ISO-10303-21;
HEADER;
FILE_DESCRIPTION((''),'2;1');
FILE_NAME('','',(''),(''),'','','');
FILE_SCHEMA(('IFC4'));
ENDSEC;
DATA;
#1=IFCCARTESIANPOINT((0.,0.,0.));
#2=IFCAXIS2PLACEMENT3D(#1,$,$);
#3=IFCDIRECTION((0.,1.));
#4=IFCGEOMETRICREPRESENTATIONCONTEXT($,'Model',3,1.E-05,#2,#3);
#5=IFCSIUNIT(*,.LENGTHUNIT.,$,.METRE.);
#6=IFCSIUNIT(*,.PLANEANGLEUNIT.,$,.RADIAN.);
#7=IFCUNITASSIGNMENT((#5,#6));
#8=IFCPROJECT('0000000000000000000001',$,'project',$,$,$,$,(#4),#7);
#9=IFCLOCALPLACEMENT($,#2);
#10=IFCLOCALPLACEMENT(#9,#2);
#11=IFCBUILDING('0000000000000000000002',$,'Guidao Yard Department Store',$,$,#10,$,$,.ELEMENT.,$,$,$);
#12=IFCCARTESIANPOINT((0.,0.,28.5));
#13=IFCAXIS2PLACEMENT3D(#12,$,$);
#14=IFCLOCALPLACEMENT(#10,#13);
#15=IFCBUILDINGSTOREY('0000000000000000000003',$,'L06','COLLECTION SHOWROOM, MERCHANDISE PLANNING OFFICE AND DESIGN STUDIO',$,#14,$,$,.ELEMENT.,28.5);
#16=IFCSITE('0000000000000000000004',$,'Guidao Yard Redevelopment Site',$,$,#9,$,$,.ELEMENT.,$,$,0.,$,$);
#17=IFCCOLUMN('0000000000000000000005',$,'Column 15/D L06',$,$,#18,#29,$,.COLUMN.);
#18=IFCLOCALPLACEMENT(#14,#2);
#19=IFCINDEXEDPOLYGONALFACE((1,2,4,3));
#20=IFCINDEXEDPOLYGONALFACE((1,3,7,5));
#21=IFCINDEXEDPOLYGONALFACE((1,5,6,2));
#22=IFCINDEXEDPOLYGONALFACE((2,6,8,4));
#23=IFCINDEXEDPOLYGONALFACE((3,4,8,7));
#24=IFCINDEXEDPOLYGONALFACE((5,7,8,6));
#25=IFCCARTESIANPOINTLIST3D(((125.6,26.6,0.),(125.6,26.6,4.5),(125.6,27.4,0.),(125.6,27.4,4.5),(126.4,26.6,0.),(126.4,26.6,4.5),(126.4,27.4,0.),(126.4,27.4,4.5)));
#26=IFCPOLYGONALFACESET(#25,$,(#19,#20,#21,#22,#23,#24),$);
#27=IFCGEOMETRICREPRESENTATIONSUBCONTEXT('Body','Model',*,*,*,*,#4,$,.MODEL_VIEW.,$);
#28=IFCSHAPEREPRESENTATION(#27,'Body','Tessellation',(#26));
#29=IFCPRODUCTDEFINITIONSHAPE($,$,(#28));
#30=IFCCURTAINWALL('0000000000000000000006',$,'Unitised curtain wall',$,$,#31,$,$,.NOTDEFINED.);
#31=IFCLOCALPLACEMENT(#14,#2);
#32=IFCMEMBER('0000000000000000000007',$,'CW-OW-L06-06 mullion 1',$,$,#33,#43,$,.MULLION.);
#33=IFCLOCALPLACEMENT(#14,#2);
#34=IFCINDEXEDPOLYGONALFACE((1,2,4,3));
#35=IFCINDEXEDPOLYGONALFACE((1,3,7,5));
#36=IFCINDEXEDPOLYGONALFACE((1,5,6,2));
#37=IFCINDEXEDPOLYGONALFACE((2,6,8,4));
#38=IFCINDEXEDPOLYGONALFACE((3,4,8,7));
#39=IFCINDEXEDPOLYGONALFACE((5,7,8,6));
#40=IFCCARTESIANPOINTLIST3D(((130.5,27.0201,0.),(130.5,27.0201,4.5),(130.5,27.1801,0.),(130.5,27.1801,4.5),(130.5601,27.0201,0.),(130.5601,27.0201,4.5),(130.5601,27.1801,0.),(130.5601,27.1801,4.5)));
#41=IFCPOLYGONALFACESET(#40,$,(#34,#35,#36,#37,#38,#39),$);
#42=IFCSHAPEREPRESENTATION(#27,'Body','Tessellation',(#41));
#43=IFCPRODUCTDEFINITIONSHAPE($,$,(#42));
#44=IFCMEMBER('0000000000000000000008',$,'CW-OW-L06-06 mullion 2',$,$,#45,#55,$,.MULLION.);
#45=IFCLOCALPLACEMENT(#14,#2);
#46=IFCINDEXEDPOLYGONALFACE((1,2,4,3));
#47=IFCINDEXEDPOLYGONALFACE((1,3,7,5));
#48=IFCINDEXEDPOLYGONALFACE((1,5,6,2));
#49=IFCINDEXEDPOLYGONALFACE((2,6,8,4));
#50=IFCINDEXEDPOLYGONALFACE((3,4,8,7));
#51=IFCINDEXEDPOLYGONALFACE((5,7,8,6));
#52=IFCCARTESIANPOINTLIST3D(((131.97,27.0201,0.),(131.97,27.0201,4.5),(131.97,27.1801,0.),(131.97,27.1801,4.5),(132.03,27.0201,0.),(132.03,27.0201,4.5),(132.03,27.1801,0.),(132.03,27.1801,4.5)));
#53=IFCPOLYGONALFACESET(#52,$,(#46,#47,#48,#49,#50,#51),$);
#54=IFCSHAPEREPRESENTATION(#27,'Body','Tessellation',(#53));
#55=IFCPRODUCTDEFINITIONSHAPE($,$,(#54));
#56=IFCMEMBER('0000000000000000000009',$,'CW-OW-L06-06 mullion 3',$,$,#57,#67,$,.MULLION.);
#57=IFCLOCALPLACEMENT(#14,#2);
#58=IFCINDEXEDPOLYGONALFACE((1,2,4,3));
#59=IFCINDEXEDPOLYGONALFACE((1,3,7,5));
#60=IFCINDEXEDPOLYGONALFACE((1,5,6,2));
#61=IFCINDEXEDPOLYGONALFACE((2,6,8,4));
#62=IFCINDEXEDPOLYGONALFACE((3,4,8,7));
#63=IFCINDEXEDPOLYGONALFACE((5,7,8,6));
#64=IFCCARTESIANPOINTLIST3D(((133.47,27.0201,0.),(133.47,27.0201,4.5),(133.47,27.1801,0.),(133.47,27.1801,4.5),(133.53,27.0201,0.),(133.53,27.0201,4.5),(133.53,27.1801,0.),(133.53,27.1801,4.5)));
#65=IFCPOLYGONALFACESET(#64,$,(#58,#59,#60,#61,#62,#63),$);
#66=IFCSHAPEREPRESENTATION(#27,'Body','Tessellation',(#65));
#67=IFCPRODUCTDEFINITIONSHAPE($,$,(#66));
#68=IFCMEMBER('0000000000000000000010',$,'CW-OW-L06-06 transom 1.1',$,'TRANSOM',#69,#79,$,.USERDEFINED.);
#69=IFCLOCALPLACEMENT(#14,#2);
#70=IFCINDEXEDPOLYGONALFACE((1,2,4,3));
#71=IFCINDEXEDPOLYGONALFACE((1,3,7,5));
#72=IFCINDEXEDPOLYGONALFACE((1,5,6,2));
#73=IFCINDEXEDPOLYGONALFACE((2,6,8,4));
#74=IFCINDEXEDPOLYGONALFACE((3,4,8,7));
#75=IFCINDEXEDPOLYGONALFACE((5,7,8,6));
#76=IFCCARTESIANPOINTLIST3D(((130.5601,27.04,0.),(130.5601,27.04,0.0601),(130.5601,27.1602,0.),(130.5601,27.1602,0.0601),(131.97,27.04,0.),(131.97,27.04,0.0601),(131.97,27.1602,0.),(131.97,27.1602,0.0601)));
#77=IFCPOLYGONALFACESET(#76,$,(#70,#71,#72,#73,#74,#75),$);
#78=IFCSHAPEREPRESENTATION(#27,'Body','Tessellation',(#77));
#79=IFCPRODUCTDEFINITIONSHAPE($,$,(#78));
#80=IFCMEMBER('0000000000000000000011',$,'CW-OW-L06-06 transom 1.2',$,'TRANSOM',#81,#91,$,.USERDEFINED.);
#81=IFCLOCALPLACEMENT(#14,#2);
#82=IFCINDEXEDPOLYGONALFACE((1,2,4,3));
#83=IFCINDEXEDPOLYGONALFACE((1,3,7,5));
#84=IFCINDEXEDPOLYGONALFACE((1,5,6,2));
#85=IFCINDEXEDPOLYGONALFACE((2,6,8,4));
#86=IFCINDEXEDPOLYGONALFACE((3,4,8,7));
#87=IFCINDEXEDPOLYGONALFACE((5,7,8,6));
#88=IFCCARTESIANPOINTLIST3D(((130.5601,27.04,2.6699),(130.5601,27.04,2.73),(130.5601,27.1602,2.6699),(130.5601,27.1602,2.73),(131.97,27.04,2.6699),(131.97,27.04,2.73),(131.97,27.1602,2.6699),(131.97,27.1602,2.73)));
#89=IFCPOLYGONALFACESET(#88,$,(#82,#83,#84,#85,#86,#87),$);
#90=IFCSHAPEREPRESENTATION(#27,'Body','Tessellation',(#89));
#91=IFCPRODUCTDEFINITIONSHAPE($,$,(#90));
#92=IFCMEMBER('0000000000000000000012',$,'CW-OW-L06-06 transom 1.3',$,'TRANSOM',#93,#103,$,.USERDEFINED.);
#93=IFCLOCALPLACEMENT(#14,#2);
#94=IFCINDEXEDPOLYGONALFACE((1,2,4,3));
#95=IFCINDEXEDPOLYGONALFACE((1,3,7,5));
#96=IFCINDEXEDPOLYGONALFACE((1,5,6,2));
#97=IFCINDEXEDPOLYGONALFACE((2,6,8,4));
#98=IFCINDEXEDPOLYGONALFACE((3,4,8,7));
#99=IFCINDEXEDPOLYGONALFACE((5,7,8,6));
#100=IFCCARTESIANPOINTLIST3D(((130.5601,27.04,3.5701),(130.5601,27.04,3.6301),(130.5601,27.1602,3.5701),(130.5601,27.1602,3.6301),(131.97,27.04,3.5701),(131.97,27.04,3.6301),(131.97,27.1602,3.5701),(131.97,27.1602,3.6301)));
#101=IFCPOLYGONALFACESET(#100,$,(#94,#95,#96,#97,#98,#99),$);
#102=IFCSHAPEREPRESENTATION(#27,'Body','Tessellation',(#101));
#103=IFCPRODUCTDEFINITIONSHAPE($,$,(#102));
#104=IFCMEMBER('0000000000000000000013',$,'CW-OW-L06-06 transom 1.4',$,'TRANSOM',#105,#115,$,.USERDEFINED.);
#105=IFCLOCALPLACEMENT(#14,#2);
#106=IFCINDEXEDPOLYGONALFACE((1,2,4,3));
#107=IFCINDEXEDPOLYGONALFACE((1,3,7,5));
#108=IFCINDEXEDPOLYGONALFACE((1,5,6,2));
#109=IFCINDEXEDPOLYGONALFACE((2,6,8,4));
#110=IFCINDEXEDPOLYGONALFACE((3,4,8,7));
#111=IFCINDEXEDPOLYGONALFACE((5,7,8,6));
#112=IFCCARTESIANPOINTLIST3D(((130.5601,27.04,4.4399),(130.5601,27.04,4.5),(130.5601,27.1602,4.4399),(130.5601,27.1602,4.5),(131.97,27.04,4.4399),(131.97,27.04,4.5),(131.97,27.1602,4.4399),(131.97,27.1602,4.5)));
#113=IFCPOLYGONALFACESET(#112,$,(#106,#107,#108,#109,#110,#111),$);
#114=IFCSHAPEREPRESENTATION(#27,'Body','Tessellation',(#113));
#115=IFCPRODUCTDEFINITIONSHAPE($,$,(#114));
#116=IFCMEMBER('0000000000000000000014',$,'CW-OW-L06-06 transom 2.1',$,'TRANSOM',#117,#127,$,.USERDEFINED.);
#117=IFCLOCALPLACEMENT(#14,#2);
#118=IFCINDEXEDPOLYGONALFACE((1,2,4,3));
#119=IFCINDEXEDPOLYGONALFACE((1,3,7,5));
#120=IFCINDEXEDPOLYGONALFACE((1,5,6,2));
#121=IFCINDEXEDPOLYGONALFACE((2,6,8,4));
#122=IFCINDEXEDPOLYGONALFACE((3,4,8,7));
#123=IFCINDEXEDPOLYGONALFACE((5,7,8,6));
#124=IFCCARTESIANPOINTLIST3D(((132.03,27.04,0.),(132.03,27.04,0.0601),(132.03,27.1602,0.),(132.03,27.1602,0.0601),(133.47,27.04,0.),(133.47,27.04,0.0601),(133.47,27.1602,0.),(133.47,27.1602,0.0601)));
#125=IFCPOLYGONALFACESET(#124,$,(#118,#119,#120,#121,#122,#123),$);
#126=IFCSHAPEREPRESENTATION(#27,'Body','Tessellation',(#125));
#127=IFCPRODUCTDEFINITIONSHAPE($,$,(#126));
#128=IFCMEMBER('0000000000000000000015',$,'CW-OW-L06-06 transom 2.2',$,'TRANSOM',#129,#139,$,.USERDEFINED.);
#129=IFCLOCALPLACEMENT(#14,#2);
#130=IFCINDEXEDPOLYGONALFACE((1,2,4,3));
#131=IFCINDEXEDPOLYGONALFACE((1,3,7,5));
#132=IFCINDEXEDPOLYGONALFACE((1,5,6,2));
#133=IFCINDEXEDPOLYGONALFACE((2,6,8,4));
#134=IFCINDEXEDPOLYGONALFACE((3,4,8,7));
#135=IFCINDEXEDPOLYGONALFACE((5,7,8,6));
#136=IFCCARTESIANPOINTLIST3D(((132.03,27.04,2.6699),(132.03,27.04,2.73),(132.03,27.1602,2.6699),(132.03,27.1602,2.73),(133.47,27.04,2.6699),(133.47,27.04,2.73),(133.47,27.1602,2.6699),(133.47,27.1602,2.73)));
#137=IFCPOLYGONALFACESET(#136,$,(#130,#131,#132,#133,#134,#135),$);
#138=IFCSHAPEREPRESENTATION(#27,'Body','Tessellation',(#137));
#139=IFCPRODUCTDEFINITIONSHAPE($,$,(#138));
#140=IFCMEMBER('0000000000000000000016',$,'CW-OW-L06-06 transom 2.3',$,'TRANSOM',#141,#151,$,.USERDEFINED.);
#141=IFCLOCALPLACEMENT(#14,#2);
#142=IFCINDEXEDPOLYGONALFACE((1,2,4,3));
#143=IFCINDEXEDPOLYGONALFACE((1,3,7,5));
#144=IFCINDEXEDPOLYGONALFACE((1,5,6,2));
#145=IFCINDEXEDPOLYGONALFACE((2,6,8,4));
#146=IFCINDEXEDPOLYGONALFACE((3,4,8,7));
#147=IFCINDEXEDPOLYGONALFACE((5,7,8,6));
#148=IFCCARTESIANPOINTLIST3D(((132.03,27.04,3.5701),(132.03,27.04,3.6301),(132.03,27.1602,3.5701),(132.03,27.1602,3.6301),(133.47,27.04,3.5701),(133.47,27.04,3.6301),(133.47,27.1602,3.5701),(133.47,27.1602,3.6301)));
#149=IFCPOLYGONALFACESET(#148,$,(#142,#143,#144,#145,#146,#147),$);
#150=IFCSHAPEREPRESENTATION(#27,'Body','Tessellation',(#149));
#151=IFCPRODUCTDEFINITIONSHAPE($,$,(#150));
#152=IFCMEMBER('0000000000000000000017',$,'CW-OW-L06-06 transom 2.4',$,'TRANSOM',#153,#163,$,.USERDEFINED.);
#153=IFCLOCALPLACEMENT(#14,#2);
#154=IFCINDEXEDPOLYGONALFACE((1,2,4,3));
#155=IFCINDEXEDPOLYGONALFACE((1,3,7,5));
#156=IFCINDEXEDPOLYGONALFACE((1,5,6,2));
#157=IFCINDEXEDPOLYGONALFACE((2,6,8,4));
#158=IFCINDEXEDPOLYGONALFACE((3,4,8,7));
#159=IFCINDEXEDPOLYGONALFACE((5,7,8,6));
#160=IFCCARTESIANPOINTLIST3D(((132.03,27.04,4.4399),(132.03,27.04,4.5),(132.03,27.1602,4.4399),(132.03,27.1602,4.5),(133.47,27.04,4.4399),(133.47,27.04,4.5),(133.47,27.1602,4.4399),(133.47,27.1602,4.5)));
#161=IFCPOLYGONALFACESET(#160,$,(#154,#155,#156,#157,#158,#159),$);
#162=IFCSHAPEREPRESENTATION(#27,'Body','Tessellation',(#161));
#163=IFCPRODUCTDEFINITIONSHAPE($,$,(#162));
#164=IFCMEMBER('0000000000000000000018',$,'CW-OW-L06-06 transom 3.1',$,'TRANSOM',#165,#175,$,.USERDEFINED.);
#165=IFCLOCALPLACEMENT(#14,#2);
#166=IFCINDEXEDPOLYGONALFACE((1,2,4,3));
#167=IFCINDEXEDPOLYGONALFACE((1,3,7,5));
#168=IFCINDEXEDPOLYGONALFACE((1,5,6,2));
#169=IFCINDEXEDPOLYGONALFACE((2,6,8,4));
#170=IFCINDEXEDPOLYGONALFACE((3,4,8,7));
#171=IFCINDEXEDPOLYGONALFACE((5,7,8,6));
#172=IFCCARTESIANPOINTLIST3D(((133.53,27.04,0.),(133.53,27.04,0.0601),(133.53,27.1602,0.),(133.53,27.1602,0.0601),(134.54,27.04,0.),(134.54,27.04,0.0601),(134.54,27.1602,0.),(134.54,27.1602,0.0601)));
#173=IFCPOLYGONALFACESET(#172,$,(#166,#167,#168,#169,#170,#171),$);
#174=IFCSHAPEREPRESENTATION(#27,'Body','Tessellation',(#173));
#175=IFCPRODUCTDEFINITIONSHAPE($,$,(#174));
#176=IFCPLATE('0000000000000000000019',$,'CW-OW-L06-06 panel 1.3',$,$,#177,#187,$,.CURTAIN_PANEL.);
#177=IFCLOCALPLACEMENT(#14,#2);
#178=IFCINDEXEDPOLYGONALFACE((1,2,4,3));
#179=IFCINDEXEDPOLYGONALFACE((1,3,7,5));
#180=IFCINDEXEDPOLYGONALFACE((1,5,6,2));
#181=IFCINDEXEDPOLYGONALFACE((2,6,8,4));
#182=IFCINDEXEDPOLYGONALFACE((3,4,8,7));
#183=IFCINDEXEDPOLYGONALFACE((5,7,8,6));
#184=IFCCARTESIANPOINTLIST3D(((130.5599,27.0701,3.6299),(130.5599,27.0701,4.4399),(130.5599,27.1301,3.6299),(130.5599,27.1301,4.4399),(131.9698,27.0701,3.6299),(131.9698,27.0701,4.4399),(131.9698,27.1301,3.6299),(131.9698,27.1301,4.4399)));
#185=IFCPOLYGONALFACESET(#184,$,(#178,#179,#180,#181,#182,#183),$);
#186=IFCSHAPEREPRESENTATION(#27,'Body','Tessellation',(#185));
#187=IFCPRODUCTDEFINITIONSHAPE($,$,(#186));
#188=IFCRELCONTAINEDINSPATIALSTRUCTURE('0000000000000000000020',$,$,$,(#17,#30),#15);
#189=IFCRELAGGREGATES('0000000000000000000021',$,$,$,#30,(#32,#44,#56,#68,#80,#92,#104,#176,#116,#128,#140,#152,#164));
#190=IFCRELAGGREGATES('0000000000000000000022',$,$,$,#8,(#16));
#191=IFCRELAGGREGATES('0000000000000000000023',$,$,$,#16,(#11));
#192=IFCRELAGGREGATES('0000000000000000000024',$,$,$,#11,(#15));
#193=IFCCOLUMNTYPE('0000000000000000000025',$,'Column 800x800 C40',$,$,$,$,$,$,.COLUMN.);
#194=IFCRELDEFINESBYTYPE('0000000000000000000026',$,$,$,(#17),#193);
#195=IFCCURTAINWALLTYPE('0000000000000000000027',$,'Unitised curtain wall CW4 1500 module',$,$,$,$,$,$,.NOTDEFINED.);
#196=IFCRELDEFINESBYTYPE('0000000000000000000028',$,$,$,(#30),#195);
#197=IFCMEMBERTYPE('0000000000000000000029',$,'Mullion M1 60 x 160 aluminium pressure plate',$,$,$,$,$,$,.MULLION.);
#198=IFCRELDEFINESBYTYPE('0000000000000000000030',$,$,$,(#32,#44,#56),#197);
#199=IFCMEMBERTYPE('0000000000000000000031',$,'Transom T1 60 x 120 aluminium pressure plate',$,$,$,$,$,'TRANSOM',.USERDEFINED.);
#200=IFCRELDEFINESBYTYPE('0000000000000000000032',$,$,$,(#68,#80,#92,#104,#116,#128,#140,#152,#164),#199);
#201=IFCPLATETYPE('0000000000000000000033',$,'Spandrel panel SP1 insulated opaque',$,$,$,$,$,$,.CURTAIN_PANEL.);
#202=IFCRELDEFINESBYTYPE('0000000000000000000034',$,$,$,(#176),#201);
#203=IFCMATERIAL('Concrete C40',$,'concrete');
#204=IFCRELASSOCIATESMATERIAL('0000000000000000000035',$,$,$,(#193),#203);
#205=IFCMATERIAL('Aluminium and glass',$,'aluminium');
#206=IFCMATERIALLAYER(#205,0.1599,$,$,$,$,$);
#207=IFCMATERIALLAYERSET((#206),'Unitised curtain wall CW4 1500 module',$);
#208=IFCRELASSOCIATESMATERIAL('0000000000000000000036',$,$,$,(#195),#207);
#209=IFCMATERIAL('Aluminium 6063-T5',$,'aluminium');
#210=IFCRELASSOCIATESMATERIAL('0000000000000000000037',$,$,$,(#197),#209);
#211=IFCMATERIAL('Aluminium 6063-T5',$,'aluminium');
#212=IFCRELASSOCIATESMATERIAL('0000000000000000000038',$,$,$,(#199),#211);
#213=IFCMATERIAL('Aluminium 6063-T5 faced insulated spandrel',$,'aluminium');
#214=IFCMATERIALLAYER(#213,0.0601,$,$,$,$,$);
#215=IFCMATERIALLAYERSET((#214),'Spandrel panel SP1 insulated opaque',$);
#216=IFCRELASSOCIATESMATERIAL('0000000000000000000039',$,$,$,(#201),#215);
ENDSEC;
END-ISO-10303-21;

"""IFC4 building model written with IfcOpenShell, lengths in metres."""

from ifc_helpers import new_model, si_unit, direction, frame, origin, origin_2d, place, context, subcontext, project, spatial, rectangle, extrude, material, layer, layer_set, material_profile, profile_set, type_object, element, aggregate, save


model = new_model("IFC4")

# Units and contexts
model_context = context("Model", 3, precision=1e-05, world=origin(), true_north=direction((0.0, 1.0)))
body_context = subcontext(model_context, "Body", "Model", "MODEL_VIEW")
ifc_project = project(units=[si_unit("LENGTHUNIT", "METRE"), si_unit("PLANEANGLEUNIT", "RADIAN")], contexts=[model_context])

# Site, building, storey
site_placement = place(None, origin())
site = spatial("IfcSite", under=ifc_project, at=site_placement, Name="Guidao Yard Redevelopment Site", CompositionType="ELEMENT", RefElevation=0.0)
building_placement = place(site_placement, origin())
building = spatial("IfcBuilding", under=site, at=building_placement, Name="Guidao Yard Department Store", CompositionType="ELEMENT")
storey_placement = place(building_placement, frame((0.0, 0.0, 28.5)))
storey = spatial("IfcBuildingStorey", under=building, at=storey_placement, Name="L06", Description="COLLECTION SHOWROOM, MERCHANDISE PLANNING OFFICE AND DESIGN STUDIO", CompositionType="ELEMENT", Elevation=28.5)

# Column
ifc_material_1 = material(Name="Concrete C40", Category="concrete")
ifc_material_profile_1 = material_profile(ifc_material_1, rectangle(XDim=0.8, YDim=0.8, at=origin_2d()), Name="COL 800x800")
ifc_profile_set_1 = profile_set([ifc_material_profile_1], Name="Concrete C40")
column_type = type_object("IfcColumnType", Name="Column 800x800 C40", PredefinedType="COLUMN", material=ifc_profile_set_1)
column_placement = place(storey_placement, frame((126.0, 27.0, 0.0), z_axis=(0.0, 0.0, 1.0), x_axis=(1.0, 0.0, 0.0)))
element("IfcColumn", 1, at=column_placement, inside=storey, type_object=column_type, Name="Column 15/D L06", PredefinedType="COLUMN", context=body_context, shape_type="SweptSolid", body=[
    extrude(rectangle(XDim=0.8, YDim=0.8, at=origin_2d()), origin(), (0.0, 0.0, 1.0), 4.5),
])

# Curtain wall, members, plate
ifc_material_2 = material(Name="Aluminium and glass", Category="aluminium")
ifc_layer_1 = layer(ifc_material_2, 0.1599)
ifc_layer_set_1 = layer_set([ifc_layer_1], Name="Unitised curtain wall CW4 1500 module")
curtain_wall_type = type_object("IfcCurtainWallType", Name="Unitised curtain wall CW4 1500 module", PredefinedType="NOTDEFINED", material=ifc_layer_set_1)
curtain_wall_placement = place(storey_placement, origin())
curtain_wall = element("IfcCurtainWall", 2, at=curtain_wall_placement, inside=storey, type_object=curtain_wall_type, Name="Unitised curtain wall", PredefinedType="NOTDEFINED")
ifc_material_3 = material(Name="Aluminium 6063-T5", Category="aluminium")
ifc_material_profile_2 = material_profile(ifc_material_3, rectangle(XDim=0.0601, YDim=0.1599, at=origin_2d()), Name="Mullion M1 60 x 160 aluminium pressure plate")
ifc_profile_set_2 = profile_set([ifc_material_profile_2], Name="Aluminium 6063-T5")
member_type_1 = type_object("IfcMemberType", Name="Mullion M1 60 x 160 aluminium pressure plate", PredefinedType="MULLION", material=ifc_profile_set_2)
member_1_placement = place(storey_placement, frame((130.53, 27.1001, 0.0), z_axis=(0.0, 0.0, 1.0), x_axis=(1.0, 0.0, 0.0)))
member_1 = element("IfcMember", 3, at=member_1_placement, type_object=member_type_1, Name="CW-OW-L06-06 mullion 1", PredefinedType="MULLION", context=body_context, shape_type="SweptSolid", body=[
    extrude(rectangle(XDim=0.0601, YDim=0.1599, at=origin_2d()), origin(), (0.0, 0.0, 1.0), 4.5),
])
member_2_placement = place(storey_placement, frame((132.0, 27.1001, 0.0), z_axis=(0.0, 0.0, 1.0), x_axis=(1.0, 0.0, 0.0)))
member_2 = element("IfcMember", 4, at=member_2_placement, type_object=member_type_1, Name="CW-OW-L06-06 mullion 2", PredefinedType="MULLION", context=body_context, shape_type="SweptSolid", body=[
    extrude(rectangle(XDim=0.0601, YDim=0.1599, at=origin_2d()), origin(), (0.0, 0.0, 1.0), 4.5),
])
member_3_placement = place(storey_placement, frame((133.5, 27.1001, 0.0), z_axis=(0.0, 0.0, 1.0), x_axis=(1.0, 0.0, 0.0)))
member_3 = element("IfcMember", 5, at=member_3_placement, type_object=member_type_1, Name="CW-OW-L06-06 mullion 3", PredefinedType="MULLION", context=body_context, shape_type="SweptSolid", body=[
    extrude(rectangle(XDim=0.0601, YDim=0.1599, at=origin_2d()), origin(), (0.0, 0.0, 1.0), 4.5),
])
ifc_material_4 = material(Name="Aluminium 6063-T5", Category="aluminium")
ifc_material_profile_3 = material_profile(ifc_material_4, rectangle(XDim=0.1201, YDim=0.0601, at=origin_2d()), Name="Transom T1 60 x 120 aluminium pressure plate")
ifc_profile_set_3 = profile_set([ifc_material_profile_3], Name="Aluminium 6063-T5")
member_type_2 = type_object("IfcMemberType", Name="Transom T1 60 x 120 aluminium pressure plate", ElementType="TRANSOM", PredefinedType="USERDEFINED", material=ifc_profile_set_3)
member_4_placement = place(storey_placement, frame((130.5601, 27.1001, 0.03), z_axis=(1.0, 0.0, 0.0), x_axis=(0.0, 1.0, 0.0)))
member_4 = element("IfcMember", 6, at=member_4_placement, type_object=member_type_2, Name="CW-OW-L06-06 transom 1.1", ObjectType="TRANSOM", PredefinedType="USERDEFINED", context=body_context, shape_type="SweptSolid", body=[
    extrude(rectangle(XDim=0.1201, YDim=0.0601, at=origin_2d()), origin(), (0.0, 0.0, 1.0), 1.4099),
])
member_5_placement = place(storey_placement, frame((130.5601, 27.1001, 2.7), z_axis=(1.0, 0.0, 0.0), x_axis=(0.0, 1.0, 0.0)))
member_5 = element("IfcMember", 7, at=member_5_placement, type_object=member_type_2, Name="CW-OW-L06-06 transom 1.2", ObjectType="TRANSOM", PredefinedType="USERDEFINED", context=body_context, shape_type="SweptSolid", body=[
    extrude(rectangle(XDim=0.1201, YDim=0.0601, at=origin_2d()), origin(), (0.0, 0.0, 1.0), 1.4099),
])
member_6_placement = place(storey_placement, frame((130.5601, 27.1001, 3.6001), z_axis=(1.0, 0.0, 0.0), x_axis=(0.0, 1.0, 0.0)))
member_6 = element("IfcMember", 8, at=member_6_placement, type_object=member_type_2, Name="CW-OW-L06-06 transom 1.3", ObjectType="TRANSOM", PredefinedType="USERDEFINED", context=body_context, shape_type="SweptSolid", body=[
    extrude(rectangle(XDim=0.1201, YDim=0.0601, at=origin_2d()), origin(), (0.0, 0.0, 1.0), 1.4099),
])
member_7_placement = place(storey_placement, frame((130.5601, 27.1001, 4.47), z_axis=(1.0, 0.0, 0.0), x_axis=(0.0, 1.0, 0.0)))
member_7 = element("IfcMember", 9, at=member_7_placement, type_object=member_type_2, Name="CW-OW-L06-06 transom 1.4", ObjectType="TRANSOM", PredefinedType="USERDEFINED", context=body_context, shape_type="SweptSolid", body=[
    extrude(rectangle(XDim=0.1201, YDim=0.0601, at=origin_2d()), origin(), (0.0, 0.0, 1.0), 1.4099),
])
member_8_placement = place(storey_placement, frame((132.03, 27.1001, 0.03), z_axis=(1.0, 0.0, 0.0), x_axis=(0.0, 1.0, 0.0)))
member_8 = element("IfcMember", 10, at=member_8_placement, type_object=member_type_2, Name="CW-OW-L06-06 transom 2.1", ObjectType="TRANSOM", PredefinedType="USERDEFINED", context=body_context, shape_type="SweptSolid", body=[
    extrude(rectangle(XDim=0.1201, YDim=0.0601, at=origin_2d()), origin(), (0.0, 0.0, 1.0), 1.4399),
])
member_9_placement = place(storey_placement, frame((132.03, 27.1001, 2.7), z_axis=(1.0, 0.0, 0.0), x_axis=(0.0, 1.0, 0.0)))
member_9 = element("IfcMember", 11, at=member_9_placement, type_object=member_type_2, Name="CW-OW-L06-06 transom 2.2", ObjectType="TRANSOM", PredefinedType="USERDEFINED", context=body_context, shape_type="SweptSolid", body=[
    extrude(rectangle(XDim=0.1201, YDim=0.0601, at=origin_2d()), origin(), (0.0, 0.0, 1.0), 1.4399),
])
member_10_placement = place(storey_placement, frame((132.03, 27.1001, 3.6001), z_axis=(1.0, 0.0, 0.0), x_axis=(0.0, 1.0, 0.0)))
member_10 = element("IfcMember", 12, at=member_10_placement, type_object=member_type_2, Name="CW-OW-L06-06 transom 2.3", ObjectType="TRANSOM", PredefinedType="USERDEFINED", context=body_context, shape_type="SweptSolid", body=[
    extrude(rectangle(XDim=0.1201, YDim=0.0601, at=origin_2d()), origin(), (0.0, 0.0, 1.0), 1.4399),
])
member_11_placement = place(storey_placement, frame((132.03, 27.1001, 4.47), z_axis=(1.0, 0.0, 0.0), x_axis=(0.0, 1.0, 0.0)))
member_11 = element("IfcMember", 13, at=member_11_placement, type_object=member_type_2, Name="CW-OW-L06-06 transom 2.4", ObjectType="TRANSOM", PredefinedType="USERDEFINED", context=body_context, shape_type="SweptSolid", body=[
    extrude(rectangle(XDim=0.1201, YDim=0.0601, at=origin_2d()), origin(), (0.0, 0.0, 1.0), 1.4399),
])
member_12_placement = place(storey_placement, frame((133.53, 27.1001, 0.03), z_axis=(1.0, 0.0, 0.0), x_axis=(0.0, 1.0, 0.0)))
member_12 = element("IfcMember", 14, at=member_12_placement, type_object=member_type_2, Name="CW-OW-L06-06 transom 3.1", ObjectType="TRANSOM", PredefinedType="USERDEFINED", context=body_context, shape_type="SweptSolid", body=[
    extrude(rectangle(XDim=0.1201, YDim=0.0601, at=origin_2d()), origin(), (0.0, 0.0, 1.0), 1.01),
])
ifc_material_5 = material(Name="Aluminium 6063-T5 faced insulated spandrel", Category="aluminium")
ifc_layer_2 = layer(ifc_material_5, 0.0601)
ifc_layer_set_2 = layer_set([ifc_layer_2], Name="Spandrel panel SP1 insulated opaque")
plate_type_1 = type_object("IfcPlateType", Name="Spandrel panel SP1 insulated opaque", PredefinedType="CURTAIN_PANEL", material=ifc_layer_set_2)
plate_1_placement = place(storey_placement, frame((131.2649, 27.1001, 3.6299), z_axis=(0.0, 0.0, 1.0), x_axis=(1.0, 0.0, 0.0)))
plate_1 = element("IfcPlate", 15, at=plate_1_placement, type_object=plate_type_1, Name="CW-OW-L06-06 panel 1.3", PredefinedType="CURTAIN_PANEL", context=body_context, shape_type="SweptSolid", body=[
    extrude(rectangle(XDim=1.4099, YDim=0.0601, at=origin_2d()), origin(), (0.0, 0.0, 1.0), 0.8101),
])
aggregate(curtain_wall, [member_1, member_2, member_3, member_4, member_5, member_6, member_7, plate_1, member_8, member_9, member_10, member_11, member_12])

save(model, "model.ifc")
